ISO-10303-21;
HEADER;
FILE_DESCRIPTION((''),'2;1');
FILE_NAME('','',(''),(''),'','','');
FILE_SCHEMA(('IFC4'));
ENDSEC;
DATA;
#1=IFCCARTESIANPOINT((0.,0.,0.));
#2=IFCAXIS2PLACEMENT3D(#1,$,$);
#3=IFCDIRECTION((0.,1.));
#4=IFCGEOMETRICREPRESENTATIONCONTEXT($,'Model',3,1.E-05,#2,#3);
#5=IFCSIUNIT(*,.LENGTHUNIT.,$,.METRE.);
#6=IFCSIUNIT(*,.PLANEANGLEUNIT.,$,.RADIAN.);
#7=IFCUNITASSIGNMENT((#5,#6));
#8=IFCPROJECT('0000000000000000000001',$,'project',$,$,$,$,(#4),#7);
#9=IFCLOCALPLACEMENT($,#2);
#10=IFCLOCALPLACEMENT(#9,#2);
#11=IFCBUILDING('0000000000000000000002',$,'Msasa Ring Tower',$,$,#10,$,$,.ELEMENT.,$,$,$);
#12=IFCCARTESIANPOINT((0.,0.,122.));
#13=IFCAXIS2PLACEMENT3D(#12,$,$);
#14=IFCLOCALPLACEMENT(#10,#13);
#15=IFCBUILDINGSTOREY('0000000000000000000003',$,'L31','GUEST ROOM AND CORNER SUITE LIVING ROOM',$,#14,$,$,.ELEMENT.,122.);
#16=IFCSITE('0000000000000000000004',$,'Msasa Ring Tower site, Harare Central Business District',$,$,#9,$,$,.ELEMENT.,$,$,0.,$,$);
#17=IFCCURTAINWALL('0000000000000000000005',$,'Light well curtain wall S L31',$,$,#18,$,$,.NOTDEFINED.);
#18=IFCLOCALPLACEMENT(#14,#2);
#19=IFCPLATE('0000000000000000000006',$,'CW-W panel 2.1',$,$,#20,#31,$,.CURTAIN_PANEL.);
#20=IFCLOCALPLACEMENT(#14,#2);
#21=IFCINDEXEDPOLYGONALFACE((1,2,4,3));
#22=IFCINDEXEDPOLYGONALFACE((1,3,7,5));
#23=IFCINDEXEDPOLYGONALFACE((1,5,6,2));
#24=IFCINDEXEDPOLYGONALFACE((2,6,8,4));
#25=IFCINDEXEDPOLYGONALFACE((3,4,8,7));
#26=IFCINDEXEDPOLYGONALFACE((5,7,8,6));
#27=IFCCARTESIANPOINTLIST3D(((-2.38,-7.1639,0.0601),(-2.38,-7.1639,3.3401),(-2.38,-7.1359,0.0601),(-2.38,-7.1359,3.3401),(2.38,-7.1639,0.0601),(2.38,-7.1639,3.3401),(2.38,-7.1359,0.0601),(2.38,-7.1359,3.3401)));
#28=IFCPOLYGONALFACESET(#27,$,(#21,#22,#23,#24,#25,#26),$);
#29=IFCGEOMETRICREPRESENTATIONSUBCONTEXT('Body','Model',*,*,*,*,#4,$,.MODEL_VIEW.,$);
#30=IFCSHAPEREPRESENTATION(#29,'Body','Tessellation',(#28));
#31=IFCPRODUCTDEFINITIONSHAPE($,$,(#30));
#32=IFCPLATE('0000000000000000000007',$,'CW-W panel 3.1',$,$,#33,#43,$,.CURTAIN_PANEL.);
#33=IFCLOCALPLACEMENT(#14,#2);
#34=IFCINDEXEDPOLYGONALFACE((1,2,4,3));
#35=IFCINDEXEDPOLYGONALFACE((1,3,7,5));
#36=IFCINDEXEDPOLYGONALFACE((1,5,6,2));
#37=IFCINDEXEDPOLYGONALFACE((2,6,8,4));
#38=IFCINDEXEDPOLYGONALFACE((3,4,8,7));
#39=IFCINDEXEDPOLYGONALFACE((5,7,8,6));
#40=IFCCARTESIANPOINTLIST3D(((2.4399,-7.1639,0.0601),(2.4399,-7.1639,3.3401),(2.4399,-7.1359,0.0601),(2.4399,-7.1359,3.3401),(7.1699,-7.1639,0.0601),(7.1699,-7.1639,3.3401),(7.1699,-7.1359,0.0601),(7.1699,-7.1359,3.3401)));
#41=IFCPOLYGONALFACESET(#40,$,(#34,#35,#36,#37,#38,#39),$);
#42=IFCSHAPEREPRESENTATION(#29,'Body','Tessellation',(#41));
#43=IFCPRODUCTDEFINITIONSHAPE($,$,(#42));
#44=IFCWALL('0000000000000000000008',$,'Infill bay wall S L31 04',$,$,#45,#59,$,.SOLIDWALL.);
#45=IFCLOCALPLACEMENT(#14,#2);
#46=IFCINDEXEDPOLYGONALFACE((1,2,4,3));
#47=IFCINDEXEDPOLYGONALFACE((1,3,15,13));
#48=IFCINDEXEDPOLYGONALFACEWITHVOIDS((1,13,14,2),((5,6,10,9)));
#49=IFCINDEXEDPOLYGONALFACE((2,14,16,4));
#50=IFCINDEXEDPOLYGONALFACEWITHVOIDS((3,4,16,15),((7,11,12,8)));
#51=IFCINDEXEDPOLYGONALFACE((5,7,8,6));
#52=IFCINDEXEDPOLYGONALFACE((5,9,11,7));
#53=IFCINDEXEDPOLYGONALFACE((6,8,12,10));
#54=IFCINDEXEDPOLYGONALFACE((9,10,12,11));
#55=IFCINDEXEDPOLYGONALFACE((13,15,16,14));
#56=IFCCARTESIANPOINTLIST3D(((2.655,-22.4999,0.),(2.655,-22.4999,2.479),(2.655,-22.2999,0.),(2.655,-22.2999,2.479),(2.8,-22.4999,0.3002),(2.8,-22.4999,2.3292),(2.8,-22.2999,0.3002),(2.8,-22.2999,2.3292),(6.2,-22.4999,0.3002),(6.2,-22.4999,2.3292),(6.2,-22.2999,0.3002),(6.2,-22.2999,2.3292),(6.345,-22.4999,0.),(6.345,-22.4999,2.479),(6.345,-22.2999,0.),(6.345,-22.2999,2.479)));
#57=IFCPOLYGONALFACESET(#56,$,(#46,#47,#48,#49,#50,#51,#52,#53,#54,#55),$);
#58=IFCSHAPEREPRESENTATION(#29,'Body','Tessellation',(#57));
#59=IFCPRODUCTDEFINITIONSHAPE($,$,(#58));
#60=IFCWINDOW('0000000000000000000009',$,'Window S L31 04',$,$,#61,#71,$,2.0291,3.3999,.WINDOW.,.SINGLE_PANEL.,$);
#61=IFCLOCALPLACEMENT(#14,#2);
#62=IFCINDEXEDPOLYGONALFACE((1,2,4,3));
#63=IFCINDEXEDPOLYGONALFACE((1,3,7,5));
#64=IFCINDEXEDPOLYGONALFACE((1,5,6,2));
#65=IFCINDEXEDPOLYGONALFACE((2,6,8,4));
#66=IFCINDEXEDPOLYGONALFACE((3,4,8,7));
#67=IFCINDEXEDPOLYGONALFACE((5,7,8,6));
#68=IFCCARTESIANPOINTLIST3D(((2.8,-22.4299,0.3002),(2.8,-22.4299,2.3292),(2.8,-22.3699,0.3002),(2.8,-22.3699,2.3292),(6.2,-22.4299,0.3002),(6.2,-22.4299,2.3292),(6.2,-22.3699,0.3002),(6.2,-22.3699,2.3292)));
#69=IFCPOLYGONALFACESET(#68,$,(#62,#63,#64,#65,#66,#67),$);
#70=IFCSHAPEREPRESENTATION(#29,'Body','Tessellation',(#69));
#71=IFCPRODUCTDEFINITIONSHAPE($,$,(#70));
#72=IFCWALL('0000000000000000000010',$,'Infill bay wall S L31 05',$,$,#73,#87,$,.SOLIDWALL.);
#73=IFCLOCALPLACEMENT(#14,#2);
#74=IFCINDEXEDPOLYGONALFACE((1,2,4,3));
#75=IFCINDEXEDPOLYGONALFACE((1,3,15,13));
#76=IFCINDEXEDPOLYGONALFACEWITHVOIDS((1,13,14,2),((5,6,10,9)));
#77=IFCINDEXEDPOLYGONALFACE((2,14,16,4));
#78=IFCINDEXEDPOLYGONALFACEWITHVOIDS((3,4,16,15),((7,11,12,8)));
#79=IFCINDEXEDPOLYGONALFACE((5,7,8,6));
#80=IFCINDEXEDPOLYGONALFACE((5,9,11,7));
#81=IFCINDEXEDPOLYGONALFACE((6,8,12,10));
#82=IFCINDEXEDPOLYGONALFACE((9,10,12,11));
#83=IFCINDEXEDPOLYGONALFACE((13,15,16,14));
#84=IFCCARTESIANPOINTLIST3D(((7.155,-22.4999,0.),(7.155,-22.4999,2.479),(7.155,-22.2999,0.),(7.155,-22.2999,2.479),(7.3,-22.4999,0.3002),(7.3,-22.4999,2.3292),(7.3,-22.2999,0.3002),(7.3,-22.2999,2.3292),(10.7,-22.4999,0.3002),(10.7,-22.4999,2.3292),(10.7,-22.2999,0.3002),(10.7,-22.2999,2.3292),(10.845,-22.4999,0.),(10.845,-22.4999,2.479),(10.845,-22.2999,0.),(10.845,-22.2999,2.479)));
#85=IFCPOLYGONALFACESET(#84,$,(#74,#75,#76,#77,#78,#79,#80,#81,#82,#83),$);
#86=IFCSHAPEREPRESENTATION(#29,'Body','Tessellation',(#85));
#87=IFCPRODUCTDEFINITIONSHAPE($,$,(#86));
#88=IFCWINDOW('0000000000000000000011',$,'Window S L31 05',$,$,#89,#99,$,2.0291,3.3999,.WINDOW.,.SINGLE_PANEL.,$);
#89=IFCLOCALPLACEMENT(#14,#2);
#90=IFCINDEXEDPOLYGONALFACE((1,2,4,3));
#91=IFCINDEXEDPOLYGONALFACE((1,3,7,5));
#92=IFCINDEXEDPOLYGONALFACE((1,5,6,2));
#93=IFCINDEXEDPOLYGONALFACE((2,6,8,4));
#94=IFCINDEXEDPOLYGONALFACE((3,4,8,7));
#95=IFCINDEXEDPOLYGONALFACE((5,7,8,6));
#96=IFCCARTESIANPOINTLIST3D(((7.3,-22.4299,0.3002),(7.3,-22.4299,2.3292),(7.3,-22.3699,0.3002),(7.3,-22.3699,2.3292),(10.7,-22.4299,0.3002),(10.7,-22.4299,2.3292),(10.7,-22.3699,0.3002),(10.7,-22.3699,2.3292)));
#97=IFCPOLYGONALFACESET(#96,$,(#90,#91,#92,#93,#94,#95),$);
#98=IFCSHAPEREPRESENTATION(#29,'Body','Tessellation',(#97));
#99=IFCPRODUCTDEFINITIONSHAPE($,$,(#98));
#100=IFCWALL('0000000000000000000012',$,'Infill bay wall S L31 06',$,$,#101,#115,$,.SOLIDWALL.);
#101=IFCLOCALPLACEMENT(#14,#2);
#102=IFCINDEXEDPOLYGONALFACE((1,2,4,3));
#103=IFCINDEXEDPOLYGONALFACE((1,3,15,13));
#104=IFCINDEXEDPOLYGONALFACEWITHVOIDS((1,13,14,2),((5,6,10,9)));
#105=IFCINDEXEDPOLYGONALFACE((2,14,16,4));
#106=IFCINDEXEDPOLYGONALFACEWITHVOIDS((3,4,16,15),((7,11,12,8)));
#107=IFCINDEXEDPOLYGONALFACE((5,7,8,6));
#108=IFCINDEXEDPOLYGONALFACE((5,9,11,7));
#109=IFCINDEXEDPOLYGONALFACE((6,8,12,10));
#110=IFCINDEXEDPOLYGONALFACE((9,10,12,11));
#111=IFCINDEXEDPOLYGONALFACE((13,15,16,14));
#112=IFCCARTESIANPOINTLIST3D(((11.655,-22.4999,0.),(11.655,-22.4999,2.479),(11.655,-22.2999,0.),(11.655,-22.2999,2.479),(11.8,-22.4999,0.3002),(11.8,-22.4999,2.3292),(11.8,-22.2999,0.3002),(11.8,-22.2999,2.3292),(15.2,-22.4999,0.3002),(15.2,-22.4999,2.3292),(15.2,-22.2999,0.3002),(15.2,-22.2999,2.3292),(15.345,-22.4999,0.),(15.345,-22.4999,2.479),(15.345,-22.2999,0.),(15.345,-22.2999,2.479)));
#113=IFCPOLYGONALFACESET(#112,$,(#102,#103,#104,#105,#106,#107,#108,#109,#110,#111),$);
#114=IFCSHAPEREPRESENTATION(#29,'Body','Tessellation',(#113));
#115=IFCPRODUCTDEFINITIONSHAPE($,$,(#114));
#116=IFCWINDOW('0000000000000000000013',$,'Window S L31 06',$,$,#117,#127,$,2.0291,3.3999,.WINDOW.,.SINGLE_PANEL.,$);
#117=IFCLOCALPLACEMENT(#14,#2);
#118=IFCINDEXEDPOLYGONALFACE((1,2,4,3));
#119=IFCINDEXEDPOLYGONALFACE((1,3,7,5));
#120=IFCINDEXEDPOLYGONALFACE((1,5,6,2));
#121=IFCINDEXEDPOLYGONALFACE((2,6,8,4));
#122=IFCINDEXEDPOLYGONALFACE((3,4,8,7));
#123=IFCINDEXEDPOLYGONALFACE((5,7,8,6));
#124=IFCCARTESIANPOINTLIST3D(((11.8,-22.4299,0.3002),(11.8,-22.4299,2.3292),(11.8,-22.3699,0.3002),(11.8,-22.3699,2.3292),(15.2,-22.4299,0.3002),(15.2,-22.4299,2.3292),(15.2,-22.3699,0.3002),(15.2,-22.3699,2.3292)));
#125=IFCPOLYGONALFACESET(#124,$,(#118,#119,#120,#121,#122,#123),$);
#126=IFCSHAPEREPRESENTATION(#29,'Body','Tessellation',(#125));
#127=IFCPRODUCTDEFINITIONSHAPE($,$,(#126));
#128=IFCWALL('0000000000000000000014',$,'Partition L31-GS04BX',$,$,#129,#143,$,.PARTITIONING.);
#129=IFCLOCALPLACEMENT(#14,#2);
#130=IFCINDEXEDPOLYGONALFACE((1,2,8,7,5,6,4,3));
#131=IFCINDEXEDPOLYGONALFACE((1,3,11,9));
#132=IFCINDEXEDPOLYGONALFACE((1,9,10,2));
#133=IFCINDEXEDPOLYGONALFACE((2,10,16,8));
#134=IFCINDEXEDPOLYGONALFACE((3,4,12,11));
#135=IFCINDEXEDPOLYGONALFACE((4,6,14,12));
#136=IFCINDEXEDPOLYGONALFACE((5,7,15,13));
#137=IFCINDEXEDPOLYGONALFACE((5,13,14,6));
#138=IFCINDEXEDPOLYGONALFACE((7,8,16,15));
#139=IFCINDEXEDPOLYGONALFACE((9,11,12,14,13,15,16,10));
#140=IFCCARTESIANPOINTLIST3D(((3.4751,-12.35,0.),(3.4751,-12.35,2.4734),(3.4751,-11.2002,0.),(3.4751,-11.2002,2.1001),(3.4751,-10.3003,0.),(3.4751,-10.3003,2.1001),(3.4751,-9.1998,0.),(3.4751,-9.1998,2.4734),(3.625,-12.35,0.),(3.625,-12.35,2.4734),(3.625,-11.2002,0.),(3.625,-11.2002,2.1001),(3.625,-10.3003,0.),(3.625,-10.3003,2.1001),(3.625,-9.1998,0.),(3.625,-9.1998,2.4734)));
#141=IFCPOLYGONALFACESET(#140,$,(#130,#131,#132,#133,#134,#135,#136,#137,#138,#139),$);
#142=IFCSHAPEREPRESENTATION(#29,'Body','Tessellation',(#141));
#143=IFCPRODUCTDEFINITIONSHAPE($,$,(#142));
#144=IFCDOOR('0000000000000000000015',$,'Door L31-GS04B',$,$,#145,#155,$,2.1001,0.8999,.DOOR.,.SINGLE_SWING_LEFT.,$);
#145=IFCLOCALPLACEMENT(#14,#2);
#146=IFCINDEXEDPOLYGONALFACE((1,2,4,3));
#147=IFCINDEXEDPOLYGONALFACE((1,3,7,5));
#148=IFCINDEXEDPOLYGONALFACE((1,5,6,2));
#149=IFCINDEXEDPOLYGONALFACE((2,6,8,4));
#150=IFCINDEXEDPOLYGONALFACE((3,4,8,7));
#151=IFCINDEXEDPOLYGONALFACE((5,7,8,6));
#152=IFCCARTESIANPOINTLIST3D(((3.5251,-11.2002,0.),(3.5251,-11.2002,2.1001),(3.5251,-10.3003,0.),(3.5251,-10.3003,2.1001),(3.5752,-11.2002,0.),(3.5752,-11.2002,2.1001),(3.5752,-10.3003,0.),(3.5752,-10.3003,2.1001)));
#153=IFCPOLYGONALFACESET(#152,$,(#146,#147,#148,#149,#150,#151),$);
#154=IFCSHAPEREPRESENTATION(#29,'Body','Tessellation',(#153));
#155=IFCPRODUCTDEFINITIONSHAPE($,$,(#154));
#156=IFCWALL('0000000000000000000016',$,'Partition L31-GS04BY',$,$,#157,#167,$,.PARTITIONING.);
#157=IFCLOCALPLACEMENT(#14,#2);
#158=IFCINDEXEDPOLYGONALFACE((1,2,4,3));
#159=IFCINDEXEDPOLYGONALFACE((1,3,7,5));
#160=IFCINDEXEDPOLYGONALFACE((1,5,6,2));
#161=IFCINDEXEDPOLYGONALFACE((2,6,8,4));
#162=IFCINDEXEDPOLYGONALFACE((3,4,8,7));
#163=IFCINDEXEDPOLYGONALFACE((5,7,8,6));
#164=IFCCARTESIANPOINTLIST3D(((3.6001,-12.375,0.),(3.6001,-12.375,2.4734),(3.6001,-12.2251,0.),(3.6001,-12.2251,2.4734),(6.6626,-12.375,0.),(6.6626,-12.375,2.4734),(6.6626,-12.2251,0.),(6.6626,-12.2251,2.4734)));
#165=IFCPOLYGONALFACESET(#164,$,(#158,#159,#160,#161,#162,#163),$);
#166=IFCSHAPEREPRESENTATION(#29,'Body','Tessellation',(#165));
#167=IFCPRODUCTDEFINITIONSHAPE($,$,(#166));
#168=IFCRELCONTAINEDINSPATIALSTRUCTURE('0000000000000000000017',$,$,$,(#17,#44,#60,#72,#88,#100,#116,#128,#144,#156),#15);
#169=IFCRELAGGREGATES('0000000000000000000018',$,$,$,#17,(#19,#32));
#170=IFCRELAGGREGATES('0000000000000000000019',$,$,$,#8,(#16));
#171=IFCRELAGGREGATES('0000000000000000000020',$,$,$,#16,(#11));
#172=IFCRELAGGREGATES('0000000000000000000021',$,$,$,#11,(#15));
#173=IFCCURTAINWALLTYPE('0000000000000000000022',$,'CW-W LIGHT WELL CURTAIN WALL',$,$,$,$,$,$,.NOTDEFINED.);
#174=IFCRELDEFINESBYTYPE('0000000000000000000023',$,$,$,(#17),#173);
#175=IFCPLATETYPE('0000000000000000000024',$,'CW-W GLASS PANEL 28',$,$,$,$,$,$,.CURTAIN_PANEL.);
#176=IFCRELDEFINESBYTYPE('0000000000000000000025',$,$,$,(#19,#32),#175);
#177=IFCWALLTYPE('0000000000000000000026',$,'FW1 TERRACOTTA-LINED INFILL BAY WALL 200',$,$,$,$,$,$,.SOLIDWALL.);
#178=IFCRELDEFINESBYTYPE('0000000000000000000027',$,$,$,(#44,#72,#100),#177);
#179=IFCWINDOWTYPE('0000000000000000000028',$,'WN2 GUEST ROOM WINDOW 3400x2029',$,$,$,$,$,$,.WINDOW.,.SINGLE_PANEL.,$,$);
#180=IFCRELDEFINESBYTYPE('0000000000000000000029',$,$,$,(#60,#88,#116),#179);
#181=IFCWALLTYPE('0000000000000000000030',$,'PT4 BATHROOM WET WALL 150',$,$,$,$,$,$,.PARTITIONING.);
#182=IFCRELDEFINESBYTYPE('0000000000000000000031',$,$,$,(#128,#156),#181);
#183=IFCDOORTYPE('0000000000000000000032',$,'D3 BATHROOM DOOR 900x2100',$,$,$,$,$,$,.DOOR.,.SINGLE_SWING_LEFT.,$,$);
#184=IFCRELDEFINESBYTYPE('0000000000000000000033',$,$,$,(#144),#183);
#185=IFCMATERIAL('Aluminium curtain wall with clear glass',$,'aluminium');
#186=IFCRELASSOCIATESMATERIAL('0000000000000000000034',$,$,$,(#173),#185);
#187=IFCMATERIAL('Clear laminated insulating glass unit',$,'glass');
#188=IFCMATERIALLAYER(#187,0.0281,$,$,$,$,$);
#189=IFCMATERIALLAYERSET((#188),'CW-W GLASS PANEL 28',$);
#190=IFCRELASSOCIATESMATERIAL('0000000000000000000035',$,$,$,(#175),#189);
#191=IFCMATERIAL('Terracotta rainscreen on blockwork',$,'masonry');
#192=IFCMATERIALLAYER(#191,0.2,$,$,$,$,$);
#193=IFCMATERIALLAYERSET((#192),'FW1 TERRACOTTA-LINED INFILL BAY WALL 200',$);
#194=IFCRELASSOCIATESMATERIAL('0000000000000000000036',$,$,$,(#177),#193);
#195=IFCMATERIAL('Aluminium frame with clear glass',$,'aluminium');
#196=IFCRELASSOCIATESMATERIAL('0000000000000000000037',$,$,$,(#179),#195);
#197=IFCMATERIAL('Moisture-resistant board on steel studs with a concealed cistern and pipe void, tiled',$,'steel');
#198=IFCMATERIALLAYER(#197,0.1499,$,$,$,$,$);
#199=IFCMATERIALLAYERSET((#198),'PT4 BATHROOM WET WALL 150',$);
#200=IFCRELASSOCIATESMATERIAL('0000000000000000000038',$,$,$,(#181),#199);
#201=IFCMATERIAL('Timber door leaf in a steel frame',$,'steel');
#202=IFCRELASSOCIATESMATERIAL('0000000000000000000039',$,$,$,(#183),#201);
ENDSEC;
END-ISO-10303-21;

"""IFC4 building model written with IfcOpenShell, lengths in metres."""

from ifc_helpers import new_model, si_unit, direction, frame, frame_2d, origin, origin_2d, place, context, subcontext, project, spatial, rectangle, extrude, material, layer, layer_set, type_object, element, fill, aggregate, save


model = new_model("IFC4")

# Units and contexts
model_context = context("Model", 3, precision=1e-05, world=origin(), true_north=direction((0.0, 1.0)))
body_context = subcontext(model_context, "Body", "Model", "MODEL_VIEW")
ifc_project = project(units=[si_unit("LENGTHUNIT", "METRE"), si_unit("PLANEANGLEUNIT", "RADIAN")], contexts=[model_context])

# Site, building, storey
site_placement = place(None, origin())
site = spatial("IfcSite", under=ifc_project, at=site_placement, Name="Msasa Ring Tower site, Harare Central Business District", CompositionType="ELEMENT", RefElevation=0.0)
building_placement = place(site_placement, origin())
building = spatial("IfcBuilding", under=site, at=building_placement, Name="Msasa Ring Tower", CompositionType="ELEMENT")
storey_placement = place(building_placement, frame((0.0, 0.0, 122.0)))
storey = spatial("IfcBuildingStorey", under=building, at=storey_placement, Name="L31", Description="GUEST ROOM AND CORNER SUITE LIVING ROOM", CompositionType="ELEMENT", Elevation=122.0)

# Curtain wall
ifc_material_1 = material(Name="Aluminium curtain wall with clear glass", Category="aluminium")
curtain_wall_type = type_object("IfcCurtainWallType", Name="CW-W LIGHT WELL CURTAIN WALL", PredefinedType="NOTDEFINED", material=ifc_material_1)
curtain_wall_placement = place(storey_placement, origin())
curtain_wall = element("IfcCurtainWall", 1, at=curtain_wall_placement, inside=storey, type_object=curtain_wall_type, Name="Light well curtain wall S L31", PredefinedType="NOTDEFINED")

# Plates
ifc_material_2 = material(Name="Clear laminated insulating glass unit", Category="glass")
ifc_layer_1 = layer(ifc_material_2, 0.0281)
ifc_layer_set_1 = layer_set([ifc_layer_1], Name="CW-W GLASS PANEL 28")
plate_type = type_object("IfcPlateType", Name="CW-W GLASS PANEL 28", PredefinedType="CURTAIN_PANEL", material=ifc_layer_set_1)
plate_1_placement = place(storey_placement, frame((0.0, -7.1499, 0.0601), z_axis=(0.0, 0.0, 1.0), x_axis=(1.0, 0.0, 0.0)))
plate_1 = element("IfcPlate", 2, at=plate_1_placement, type_object=plate_type, Name="CW-W panel 2.1", PredefinedType="CURTAIN_PANEL", context=body_context, shape_type="SweptSolid", body=[
    extrude(rectangle(XDim=4.76, YDim=0.0281, at=origin_2d()), origin(), (0.0, 0.0, 1.0), 3.28),
])
plate_2_placement = place(storey_placement, frame((4.8049, -7.1499, 0.0601), z_axis=(0.0, 0.0, 1.0), x_axis=(1.0, 0.0, 0.0)))
plate_2 = element("IfcPlate", 3, at=plate_2_placement, type_object=plate_type, Name="CW-W panel 3.1", PredefinedType="CURTAIN_PANEL", context=body_context, shape_type="SweptSolid", body=[
    extrude(rectangle(XDim=4.73, YDim=0.0281, at=origin_2d()), origin(), (0.0, 0.0, 1.0), 3.28),
])
aggregate(curtain_wall, [plate_1, plate_2])

# Walls, openings, windows
ifc_material_3 = material(Name="Terracotta rainscreen on blockwork", Category="masonry")
ifc_layer_2 = layer(ifc_material_3, 0.2)
ifc_layer_set_2 = layer_set([ifc_layer_2], Name="FW1 TERRACOTTA-LINED INFILL BAY WALL 200")
wall_type_1 = type_object("IfcWallType", Name="FW1 TERRACOTTA-LINED INFILL BAY WALL 200", PredefinedType="SOLIDWALL", material=ifc_layer_set_2)
wall_1_placement = place(storey_placement, frame((2.655, -22.3999, 0.0), z_axis=(0.0, 0.0, 1.0), x_axis=(1.0, 0.0, 0.0)))
wall_1 = element("IfcWall", 4, at=wall_1_placement, inside=storey, type_object=wall_type_1, Name="Infill bay wall S L31 04", PredefinedType="SOLIDWALL", context=body_context, shape_type="SweptSolid", body=[
    extrude(rectangle(XDim=3.6899, YDim=0.2, at=frame_2d((1.845, 0.0))), origin(), (0.0, 0.0, 1.0), 2.479),
])
opening_1_placement = place(wall_1_placement, frame((0.145, 0.0, 0.3)))
opening_1 = element("IfcOpeningElement", 5, at=opening_1_placement, cuts=wall_1, PredefinedType="OPENING", context=body_context, shape_type="SweptSolid", body=[
    extrude(rectangle(XDim=3.3999, YDim=2.0291, at=frame_2d((1.7, 1.0146))), frame((0.0, 0.1099, 0.0), z_axis=(0.0, -1.0, 0.0), x_axis=(1.0, 0.0, 0.0)), (0.0, 0.0, 1.0), 0.22),
])
ifc_material_4 = material(Name="Aluminium frame with clear glass", Category="aluminium")
window_type = type_object("IfcWindowType", Name="WN2 GUEST ROOM WINDOW 3400x2029", PartitioningType="SINGLE_PANEL", PredefinedType="WINDOW", material=ifc_material_4)
window_1_placement = place(opening_1_placement, origin())
window_1 = element("IfcWindow", 6, at=window_1_placement, inside=storey, type_object=window_type, Name="Window S L31 04", OverallHeight=2.0291, OverallWidth=3.3999, PartitioningType="SINGLE_PANEL", PredefinedType="WINDOW", context=body_context, shape_type="SweptSolid", body=[
    extrude(rectangle(XDim=3.3999, YDim=2.0291, at=frame_2d((1.7, 1.0146))), frame((0.0, 0.03, 0.0), z_axis=(0.0, -1.0, 0.0), x_axis=(1.0, 0.0, 0.0)), (0.0, 0.0, 1.0), 0.0601),
])
fill(opening_1, window_1)
wall_2_placement = place(storey_placement, frame((7.155, -22.3999, 0.0), z_axis=(0.0, 0.0, 1.0), x_axis=(1.0, 0.0, 0.0)))
wall_2 = element("IfcWall", 7, at=wall_2_placement, inside=storey, type_object=wall_type_1, Name="Infill bay wall S L31 05", PredefinedType="SOLIDWALL", context=body_context, shape_type="SweptSolid", body=[
    extrude(rectangle(XDim=3.6899, YDim=0.2, at=frame_2d((1.845, 0.0))), origin(), (0.0, 0.0, 1.0), 2.479),
])
opening_2_placement = place(wall_2_placement, frame((0.145, 0.0, 0.3)))
opening_2 = element("IfcOpeningElement", 8, at=opening_2_placement, cuts=wall_2, PredefinedType="OPENING", context=body_context, shape_type="SweptSolid", body=[
    extrude(rectangle(XDim=3.3999, YDim=2.0291, at=frame_2d((1.7, 1.0146))), frame((0.0, 0.1099, 0.0), z_axis=(0.0, -1.0, 0.0), x_axis=(1.0, 0.0, 0.0)), (0.0, 0.0, 1.0), 0.22),
])
window_2_placement = place(opening_2_placement, origin())
window_2 = element("IfcWindow", 9, at=window_2_placement, inside=storey, type_object=window_type, Name="Window S L31 05", OverallHeight=2.0291, OverallWidth=3.3999, PartitioningType="SINGLE_PANEL", PredefinedType="WINDOW", context=body_context, shape_type="SweptSolid", body=[
    extrude(rectangle(XDim=3.3999, YDim=2.0291, at=frame_2d((1.7, 1.0146))), frame((0.0, 0.03, 0.0), z_axis=(0.0, -1.0, 0.0), x_axis=(1.0, 0.0, 0.0)), (0.0, 0.0, 1.0), 0.0601),
])
fill(opening_2, window_2)
wall_3_placement = place(storey_placement, frame((11.655, -22.3999, 0.0), z_axis=(0.0, 0.0, 1.0), x_axis=(1.0, 0.0, 0.0)))
wall_3 = element("IfcWall", 10, at=wall_3_placement, inside=storey, type_object=wall_type_1, Name="Infill bay wall S L31 06", PredefinedType="SOLIDWALL", context=body_context, shape_type="SweptSolid", body=[
    extrude(rectangle(XDim=3.6899, YDim=0.2, at=frame_2d((1.845, 0.0))), origin(), (0.0, 0.0, 1.0), 2.479),
])
opening_3_placement = place(wall_3_placement, frame((0.145, 0.0, 0.3)))
opening_3 = element("IfcOpeningElement", 11, at=opening_3_placement, cuts=wall_3, PredefinedType="OPENING", context=body_context, shape_type="SweptSolid", body=[
    extrude(rectangle(XDim=3.3999, YDim=2.0291, at=frame_2d((1.7, 1.0146))), frame((0.0, 0.1099, 0.0), z_axis=(0.0, -1.0, 0.0), x_axis=(1.0, 0.0, 0.0)), (0.0, 0.0, 1.0), 0.22),
])
window_3_placement = place(opening_3_placement, origin())
window_3 = element("IfcWindow", 12, at=window_3_placement, inside=storey, type_object=window_type, Name="Window S L31 06", OverallHeight=2.0291, OverallWidth=3.3999, PartitioningType="SINGLE_PANEL", PredefinedType="WINDOW", context=body_context, shape_type="SweptSolid", body=[
    extrude(rectangle(XDim=3.3999, YDim=2.0291, at=frame_2d((1.7, 1.0146))), frame((0.0, 0.03, 0.0), z_axis=(0.0, -1.0, 0.0), x_axis=(1.0, 0.0, 0.0)), (0.0, 0.0, 1.0), 0.0601),
])
fill(opening_3, window_3)

# Wall, opening, door
ifc_material_5 = material(Name="Moisture-resistant board on steel studs with a concealed cistern and pipe void, tiled", Category="steel")
ifc_layer_3 = layer(ifc_material_5, 0.1499)
ifc_layer_set_3 = layer_set([ifc_layer_3], Name="PT4 BATHROOM WET WALL 150")
wall_type_2 = type_object("IfcWallType", Name="PT4 BATHROOM WET WALL 150", PredefinedType="PARTITIONING", material=ifc_layer_set_3)
wall_4_placement = place(storey_placement, frame((3.55, -12.3501, 0.0), z_axis=(0.0, 0.0, 1.0), x_axis=(0.0, 1.0, 0.0)))
wall_4 = element("IfcWall", 13, at=wall_4_placement, inside=storey, type_object=wall_type_2, Name="Partition L31-GS04BX", PredefinedType="PARTITIONING", context=body_context, shape_type="SweptSolid", body=[
    extrude(rectangle(XDim=3.1501, YDim=0.1499, at=frame_2d((1.5752, 0.0))), origin(), (0.0, 0.0, 1.0), 2.4734),
])
opening_4_placement = place(wall_4_placement, frame((1.1499, 0.0, 0.0)))
opening_4 = element("IfcOpeningElement", 14, at=opening_4_placement, cuts=wall_4, PredefinedType="OPENING", context=body_context, shape_type="SweptSolid", body=[
    extrude(rectangle(XDim=0.8999, YDim=2.1001, at=frame_2d((0.45, 1.05))), frame((0.0, 0.085, 0.0), z_axis=(0.0, -1.0, 0.0), x_axis=(1.0, 0.0, 0.0)), (0.0, 0.0, 1.0), 0.1699),
])
ifc_material_6 = material(Name="Timber door leaf in a steel frame", Category="steel")
door_type = type_object("IfcDoorType", Name="D3 BATHROOM DOOR 900x2100", OperationType="SINGLE_SWING_LEFT", PredefinedType="DOOR", material=ifc_material_6)
door_1_placement = place(opening_4_placement, origin())
door_1 = element("IfcDoor", 15, at=door_1_placement, inside=storey, type_object=door_type, Name="Door L31-GS04B", OperationType="SINGLE_SWING_LEFT", OverallHeight=2.1001, OverallWidth=0.8999, PredefinedType="DOOR", context=body_context, shape_type="SweptSolid", body=[
    extrude(rectangle(XDim=0.8999, YDim=2.1001, at=frame_2d((0.45, 1.05))), frame((0.0, 0.0249, 0.0), z_axis=(0.0, -1.0, 0.0), x_axis=(1.0, 0.0, 0.0)), (0.0, 0.0, 1.0), 0.05),
])
fill(opening_4, door_1)

# Wall
wall_5_placement = place(storey_placement, frame((3.6001, -12.3, 0.0), z_axis=(0.0, 0.0, 1.0), x_axis=(1.0, 0.0, 0.0)))
element("IfcWall", 16, at=wall_5_placement, inside=storey, type_object=wall_type_2, Name="Partition L31-GS04BY", PredefinedType="PARTITIONING", context=body_context, shape_type="SweptSolid", body=[
    extrude(rectangle(XDim=3.0625, YDim=0.1499, at=frame_2d((1.5312, 0.0))), origin(), (0.0, 0.0, 1.0), 2.4734),
])

save(model, "model.ifc")
